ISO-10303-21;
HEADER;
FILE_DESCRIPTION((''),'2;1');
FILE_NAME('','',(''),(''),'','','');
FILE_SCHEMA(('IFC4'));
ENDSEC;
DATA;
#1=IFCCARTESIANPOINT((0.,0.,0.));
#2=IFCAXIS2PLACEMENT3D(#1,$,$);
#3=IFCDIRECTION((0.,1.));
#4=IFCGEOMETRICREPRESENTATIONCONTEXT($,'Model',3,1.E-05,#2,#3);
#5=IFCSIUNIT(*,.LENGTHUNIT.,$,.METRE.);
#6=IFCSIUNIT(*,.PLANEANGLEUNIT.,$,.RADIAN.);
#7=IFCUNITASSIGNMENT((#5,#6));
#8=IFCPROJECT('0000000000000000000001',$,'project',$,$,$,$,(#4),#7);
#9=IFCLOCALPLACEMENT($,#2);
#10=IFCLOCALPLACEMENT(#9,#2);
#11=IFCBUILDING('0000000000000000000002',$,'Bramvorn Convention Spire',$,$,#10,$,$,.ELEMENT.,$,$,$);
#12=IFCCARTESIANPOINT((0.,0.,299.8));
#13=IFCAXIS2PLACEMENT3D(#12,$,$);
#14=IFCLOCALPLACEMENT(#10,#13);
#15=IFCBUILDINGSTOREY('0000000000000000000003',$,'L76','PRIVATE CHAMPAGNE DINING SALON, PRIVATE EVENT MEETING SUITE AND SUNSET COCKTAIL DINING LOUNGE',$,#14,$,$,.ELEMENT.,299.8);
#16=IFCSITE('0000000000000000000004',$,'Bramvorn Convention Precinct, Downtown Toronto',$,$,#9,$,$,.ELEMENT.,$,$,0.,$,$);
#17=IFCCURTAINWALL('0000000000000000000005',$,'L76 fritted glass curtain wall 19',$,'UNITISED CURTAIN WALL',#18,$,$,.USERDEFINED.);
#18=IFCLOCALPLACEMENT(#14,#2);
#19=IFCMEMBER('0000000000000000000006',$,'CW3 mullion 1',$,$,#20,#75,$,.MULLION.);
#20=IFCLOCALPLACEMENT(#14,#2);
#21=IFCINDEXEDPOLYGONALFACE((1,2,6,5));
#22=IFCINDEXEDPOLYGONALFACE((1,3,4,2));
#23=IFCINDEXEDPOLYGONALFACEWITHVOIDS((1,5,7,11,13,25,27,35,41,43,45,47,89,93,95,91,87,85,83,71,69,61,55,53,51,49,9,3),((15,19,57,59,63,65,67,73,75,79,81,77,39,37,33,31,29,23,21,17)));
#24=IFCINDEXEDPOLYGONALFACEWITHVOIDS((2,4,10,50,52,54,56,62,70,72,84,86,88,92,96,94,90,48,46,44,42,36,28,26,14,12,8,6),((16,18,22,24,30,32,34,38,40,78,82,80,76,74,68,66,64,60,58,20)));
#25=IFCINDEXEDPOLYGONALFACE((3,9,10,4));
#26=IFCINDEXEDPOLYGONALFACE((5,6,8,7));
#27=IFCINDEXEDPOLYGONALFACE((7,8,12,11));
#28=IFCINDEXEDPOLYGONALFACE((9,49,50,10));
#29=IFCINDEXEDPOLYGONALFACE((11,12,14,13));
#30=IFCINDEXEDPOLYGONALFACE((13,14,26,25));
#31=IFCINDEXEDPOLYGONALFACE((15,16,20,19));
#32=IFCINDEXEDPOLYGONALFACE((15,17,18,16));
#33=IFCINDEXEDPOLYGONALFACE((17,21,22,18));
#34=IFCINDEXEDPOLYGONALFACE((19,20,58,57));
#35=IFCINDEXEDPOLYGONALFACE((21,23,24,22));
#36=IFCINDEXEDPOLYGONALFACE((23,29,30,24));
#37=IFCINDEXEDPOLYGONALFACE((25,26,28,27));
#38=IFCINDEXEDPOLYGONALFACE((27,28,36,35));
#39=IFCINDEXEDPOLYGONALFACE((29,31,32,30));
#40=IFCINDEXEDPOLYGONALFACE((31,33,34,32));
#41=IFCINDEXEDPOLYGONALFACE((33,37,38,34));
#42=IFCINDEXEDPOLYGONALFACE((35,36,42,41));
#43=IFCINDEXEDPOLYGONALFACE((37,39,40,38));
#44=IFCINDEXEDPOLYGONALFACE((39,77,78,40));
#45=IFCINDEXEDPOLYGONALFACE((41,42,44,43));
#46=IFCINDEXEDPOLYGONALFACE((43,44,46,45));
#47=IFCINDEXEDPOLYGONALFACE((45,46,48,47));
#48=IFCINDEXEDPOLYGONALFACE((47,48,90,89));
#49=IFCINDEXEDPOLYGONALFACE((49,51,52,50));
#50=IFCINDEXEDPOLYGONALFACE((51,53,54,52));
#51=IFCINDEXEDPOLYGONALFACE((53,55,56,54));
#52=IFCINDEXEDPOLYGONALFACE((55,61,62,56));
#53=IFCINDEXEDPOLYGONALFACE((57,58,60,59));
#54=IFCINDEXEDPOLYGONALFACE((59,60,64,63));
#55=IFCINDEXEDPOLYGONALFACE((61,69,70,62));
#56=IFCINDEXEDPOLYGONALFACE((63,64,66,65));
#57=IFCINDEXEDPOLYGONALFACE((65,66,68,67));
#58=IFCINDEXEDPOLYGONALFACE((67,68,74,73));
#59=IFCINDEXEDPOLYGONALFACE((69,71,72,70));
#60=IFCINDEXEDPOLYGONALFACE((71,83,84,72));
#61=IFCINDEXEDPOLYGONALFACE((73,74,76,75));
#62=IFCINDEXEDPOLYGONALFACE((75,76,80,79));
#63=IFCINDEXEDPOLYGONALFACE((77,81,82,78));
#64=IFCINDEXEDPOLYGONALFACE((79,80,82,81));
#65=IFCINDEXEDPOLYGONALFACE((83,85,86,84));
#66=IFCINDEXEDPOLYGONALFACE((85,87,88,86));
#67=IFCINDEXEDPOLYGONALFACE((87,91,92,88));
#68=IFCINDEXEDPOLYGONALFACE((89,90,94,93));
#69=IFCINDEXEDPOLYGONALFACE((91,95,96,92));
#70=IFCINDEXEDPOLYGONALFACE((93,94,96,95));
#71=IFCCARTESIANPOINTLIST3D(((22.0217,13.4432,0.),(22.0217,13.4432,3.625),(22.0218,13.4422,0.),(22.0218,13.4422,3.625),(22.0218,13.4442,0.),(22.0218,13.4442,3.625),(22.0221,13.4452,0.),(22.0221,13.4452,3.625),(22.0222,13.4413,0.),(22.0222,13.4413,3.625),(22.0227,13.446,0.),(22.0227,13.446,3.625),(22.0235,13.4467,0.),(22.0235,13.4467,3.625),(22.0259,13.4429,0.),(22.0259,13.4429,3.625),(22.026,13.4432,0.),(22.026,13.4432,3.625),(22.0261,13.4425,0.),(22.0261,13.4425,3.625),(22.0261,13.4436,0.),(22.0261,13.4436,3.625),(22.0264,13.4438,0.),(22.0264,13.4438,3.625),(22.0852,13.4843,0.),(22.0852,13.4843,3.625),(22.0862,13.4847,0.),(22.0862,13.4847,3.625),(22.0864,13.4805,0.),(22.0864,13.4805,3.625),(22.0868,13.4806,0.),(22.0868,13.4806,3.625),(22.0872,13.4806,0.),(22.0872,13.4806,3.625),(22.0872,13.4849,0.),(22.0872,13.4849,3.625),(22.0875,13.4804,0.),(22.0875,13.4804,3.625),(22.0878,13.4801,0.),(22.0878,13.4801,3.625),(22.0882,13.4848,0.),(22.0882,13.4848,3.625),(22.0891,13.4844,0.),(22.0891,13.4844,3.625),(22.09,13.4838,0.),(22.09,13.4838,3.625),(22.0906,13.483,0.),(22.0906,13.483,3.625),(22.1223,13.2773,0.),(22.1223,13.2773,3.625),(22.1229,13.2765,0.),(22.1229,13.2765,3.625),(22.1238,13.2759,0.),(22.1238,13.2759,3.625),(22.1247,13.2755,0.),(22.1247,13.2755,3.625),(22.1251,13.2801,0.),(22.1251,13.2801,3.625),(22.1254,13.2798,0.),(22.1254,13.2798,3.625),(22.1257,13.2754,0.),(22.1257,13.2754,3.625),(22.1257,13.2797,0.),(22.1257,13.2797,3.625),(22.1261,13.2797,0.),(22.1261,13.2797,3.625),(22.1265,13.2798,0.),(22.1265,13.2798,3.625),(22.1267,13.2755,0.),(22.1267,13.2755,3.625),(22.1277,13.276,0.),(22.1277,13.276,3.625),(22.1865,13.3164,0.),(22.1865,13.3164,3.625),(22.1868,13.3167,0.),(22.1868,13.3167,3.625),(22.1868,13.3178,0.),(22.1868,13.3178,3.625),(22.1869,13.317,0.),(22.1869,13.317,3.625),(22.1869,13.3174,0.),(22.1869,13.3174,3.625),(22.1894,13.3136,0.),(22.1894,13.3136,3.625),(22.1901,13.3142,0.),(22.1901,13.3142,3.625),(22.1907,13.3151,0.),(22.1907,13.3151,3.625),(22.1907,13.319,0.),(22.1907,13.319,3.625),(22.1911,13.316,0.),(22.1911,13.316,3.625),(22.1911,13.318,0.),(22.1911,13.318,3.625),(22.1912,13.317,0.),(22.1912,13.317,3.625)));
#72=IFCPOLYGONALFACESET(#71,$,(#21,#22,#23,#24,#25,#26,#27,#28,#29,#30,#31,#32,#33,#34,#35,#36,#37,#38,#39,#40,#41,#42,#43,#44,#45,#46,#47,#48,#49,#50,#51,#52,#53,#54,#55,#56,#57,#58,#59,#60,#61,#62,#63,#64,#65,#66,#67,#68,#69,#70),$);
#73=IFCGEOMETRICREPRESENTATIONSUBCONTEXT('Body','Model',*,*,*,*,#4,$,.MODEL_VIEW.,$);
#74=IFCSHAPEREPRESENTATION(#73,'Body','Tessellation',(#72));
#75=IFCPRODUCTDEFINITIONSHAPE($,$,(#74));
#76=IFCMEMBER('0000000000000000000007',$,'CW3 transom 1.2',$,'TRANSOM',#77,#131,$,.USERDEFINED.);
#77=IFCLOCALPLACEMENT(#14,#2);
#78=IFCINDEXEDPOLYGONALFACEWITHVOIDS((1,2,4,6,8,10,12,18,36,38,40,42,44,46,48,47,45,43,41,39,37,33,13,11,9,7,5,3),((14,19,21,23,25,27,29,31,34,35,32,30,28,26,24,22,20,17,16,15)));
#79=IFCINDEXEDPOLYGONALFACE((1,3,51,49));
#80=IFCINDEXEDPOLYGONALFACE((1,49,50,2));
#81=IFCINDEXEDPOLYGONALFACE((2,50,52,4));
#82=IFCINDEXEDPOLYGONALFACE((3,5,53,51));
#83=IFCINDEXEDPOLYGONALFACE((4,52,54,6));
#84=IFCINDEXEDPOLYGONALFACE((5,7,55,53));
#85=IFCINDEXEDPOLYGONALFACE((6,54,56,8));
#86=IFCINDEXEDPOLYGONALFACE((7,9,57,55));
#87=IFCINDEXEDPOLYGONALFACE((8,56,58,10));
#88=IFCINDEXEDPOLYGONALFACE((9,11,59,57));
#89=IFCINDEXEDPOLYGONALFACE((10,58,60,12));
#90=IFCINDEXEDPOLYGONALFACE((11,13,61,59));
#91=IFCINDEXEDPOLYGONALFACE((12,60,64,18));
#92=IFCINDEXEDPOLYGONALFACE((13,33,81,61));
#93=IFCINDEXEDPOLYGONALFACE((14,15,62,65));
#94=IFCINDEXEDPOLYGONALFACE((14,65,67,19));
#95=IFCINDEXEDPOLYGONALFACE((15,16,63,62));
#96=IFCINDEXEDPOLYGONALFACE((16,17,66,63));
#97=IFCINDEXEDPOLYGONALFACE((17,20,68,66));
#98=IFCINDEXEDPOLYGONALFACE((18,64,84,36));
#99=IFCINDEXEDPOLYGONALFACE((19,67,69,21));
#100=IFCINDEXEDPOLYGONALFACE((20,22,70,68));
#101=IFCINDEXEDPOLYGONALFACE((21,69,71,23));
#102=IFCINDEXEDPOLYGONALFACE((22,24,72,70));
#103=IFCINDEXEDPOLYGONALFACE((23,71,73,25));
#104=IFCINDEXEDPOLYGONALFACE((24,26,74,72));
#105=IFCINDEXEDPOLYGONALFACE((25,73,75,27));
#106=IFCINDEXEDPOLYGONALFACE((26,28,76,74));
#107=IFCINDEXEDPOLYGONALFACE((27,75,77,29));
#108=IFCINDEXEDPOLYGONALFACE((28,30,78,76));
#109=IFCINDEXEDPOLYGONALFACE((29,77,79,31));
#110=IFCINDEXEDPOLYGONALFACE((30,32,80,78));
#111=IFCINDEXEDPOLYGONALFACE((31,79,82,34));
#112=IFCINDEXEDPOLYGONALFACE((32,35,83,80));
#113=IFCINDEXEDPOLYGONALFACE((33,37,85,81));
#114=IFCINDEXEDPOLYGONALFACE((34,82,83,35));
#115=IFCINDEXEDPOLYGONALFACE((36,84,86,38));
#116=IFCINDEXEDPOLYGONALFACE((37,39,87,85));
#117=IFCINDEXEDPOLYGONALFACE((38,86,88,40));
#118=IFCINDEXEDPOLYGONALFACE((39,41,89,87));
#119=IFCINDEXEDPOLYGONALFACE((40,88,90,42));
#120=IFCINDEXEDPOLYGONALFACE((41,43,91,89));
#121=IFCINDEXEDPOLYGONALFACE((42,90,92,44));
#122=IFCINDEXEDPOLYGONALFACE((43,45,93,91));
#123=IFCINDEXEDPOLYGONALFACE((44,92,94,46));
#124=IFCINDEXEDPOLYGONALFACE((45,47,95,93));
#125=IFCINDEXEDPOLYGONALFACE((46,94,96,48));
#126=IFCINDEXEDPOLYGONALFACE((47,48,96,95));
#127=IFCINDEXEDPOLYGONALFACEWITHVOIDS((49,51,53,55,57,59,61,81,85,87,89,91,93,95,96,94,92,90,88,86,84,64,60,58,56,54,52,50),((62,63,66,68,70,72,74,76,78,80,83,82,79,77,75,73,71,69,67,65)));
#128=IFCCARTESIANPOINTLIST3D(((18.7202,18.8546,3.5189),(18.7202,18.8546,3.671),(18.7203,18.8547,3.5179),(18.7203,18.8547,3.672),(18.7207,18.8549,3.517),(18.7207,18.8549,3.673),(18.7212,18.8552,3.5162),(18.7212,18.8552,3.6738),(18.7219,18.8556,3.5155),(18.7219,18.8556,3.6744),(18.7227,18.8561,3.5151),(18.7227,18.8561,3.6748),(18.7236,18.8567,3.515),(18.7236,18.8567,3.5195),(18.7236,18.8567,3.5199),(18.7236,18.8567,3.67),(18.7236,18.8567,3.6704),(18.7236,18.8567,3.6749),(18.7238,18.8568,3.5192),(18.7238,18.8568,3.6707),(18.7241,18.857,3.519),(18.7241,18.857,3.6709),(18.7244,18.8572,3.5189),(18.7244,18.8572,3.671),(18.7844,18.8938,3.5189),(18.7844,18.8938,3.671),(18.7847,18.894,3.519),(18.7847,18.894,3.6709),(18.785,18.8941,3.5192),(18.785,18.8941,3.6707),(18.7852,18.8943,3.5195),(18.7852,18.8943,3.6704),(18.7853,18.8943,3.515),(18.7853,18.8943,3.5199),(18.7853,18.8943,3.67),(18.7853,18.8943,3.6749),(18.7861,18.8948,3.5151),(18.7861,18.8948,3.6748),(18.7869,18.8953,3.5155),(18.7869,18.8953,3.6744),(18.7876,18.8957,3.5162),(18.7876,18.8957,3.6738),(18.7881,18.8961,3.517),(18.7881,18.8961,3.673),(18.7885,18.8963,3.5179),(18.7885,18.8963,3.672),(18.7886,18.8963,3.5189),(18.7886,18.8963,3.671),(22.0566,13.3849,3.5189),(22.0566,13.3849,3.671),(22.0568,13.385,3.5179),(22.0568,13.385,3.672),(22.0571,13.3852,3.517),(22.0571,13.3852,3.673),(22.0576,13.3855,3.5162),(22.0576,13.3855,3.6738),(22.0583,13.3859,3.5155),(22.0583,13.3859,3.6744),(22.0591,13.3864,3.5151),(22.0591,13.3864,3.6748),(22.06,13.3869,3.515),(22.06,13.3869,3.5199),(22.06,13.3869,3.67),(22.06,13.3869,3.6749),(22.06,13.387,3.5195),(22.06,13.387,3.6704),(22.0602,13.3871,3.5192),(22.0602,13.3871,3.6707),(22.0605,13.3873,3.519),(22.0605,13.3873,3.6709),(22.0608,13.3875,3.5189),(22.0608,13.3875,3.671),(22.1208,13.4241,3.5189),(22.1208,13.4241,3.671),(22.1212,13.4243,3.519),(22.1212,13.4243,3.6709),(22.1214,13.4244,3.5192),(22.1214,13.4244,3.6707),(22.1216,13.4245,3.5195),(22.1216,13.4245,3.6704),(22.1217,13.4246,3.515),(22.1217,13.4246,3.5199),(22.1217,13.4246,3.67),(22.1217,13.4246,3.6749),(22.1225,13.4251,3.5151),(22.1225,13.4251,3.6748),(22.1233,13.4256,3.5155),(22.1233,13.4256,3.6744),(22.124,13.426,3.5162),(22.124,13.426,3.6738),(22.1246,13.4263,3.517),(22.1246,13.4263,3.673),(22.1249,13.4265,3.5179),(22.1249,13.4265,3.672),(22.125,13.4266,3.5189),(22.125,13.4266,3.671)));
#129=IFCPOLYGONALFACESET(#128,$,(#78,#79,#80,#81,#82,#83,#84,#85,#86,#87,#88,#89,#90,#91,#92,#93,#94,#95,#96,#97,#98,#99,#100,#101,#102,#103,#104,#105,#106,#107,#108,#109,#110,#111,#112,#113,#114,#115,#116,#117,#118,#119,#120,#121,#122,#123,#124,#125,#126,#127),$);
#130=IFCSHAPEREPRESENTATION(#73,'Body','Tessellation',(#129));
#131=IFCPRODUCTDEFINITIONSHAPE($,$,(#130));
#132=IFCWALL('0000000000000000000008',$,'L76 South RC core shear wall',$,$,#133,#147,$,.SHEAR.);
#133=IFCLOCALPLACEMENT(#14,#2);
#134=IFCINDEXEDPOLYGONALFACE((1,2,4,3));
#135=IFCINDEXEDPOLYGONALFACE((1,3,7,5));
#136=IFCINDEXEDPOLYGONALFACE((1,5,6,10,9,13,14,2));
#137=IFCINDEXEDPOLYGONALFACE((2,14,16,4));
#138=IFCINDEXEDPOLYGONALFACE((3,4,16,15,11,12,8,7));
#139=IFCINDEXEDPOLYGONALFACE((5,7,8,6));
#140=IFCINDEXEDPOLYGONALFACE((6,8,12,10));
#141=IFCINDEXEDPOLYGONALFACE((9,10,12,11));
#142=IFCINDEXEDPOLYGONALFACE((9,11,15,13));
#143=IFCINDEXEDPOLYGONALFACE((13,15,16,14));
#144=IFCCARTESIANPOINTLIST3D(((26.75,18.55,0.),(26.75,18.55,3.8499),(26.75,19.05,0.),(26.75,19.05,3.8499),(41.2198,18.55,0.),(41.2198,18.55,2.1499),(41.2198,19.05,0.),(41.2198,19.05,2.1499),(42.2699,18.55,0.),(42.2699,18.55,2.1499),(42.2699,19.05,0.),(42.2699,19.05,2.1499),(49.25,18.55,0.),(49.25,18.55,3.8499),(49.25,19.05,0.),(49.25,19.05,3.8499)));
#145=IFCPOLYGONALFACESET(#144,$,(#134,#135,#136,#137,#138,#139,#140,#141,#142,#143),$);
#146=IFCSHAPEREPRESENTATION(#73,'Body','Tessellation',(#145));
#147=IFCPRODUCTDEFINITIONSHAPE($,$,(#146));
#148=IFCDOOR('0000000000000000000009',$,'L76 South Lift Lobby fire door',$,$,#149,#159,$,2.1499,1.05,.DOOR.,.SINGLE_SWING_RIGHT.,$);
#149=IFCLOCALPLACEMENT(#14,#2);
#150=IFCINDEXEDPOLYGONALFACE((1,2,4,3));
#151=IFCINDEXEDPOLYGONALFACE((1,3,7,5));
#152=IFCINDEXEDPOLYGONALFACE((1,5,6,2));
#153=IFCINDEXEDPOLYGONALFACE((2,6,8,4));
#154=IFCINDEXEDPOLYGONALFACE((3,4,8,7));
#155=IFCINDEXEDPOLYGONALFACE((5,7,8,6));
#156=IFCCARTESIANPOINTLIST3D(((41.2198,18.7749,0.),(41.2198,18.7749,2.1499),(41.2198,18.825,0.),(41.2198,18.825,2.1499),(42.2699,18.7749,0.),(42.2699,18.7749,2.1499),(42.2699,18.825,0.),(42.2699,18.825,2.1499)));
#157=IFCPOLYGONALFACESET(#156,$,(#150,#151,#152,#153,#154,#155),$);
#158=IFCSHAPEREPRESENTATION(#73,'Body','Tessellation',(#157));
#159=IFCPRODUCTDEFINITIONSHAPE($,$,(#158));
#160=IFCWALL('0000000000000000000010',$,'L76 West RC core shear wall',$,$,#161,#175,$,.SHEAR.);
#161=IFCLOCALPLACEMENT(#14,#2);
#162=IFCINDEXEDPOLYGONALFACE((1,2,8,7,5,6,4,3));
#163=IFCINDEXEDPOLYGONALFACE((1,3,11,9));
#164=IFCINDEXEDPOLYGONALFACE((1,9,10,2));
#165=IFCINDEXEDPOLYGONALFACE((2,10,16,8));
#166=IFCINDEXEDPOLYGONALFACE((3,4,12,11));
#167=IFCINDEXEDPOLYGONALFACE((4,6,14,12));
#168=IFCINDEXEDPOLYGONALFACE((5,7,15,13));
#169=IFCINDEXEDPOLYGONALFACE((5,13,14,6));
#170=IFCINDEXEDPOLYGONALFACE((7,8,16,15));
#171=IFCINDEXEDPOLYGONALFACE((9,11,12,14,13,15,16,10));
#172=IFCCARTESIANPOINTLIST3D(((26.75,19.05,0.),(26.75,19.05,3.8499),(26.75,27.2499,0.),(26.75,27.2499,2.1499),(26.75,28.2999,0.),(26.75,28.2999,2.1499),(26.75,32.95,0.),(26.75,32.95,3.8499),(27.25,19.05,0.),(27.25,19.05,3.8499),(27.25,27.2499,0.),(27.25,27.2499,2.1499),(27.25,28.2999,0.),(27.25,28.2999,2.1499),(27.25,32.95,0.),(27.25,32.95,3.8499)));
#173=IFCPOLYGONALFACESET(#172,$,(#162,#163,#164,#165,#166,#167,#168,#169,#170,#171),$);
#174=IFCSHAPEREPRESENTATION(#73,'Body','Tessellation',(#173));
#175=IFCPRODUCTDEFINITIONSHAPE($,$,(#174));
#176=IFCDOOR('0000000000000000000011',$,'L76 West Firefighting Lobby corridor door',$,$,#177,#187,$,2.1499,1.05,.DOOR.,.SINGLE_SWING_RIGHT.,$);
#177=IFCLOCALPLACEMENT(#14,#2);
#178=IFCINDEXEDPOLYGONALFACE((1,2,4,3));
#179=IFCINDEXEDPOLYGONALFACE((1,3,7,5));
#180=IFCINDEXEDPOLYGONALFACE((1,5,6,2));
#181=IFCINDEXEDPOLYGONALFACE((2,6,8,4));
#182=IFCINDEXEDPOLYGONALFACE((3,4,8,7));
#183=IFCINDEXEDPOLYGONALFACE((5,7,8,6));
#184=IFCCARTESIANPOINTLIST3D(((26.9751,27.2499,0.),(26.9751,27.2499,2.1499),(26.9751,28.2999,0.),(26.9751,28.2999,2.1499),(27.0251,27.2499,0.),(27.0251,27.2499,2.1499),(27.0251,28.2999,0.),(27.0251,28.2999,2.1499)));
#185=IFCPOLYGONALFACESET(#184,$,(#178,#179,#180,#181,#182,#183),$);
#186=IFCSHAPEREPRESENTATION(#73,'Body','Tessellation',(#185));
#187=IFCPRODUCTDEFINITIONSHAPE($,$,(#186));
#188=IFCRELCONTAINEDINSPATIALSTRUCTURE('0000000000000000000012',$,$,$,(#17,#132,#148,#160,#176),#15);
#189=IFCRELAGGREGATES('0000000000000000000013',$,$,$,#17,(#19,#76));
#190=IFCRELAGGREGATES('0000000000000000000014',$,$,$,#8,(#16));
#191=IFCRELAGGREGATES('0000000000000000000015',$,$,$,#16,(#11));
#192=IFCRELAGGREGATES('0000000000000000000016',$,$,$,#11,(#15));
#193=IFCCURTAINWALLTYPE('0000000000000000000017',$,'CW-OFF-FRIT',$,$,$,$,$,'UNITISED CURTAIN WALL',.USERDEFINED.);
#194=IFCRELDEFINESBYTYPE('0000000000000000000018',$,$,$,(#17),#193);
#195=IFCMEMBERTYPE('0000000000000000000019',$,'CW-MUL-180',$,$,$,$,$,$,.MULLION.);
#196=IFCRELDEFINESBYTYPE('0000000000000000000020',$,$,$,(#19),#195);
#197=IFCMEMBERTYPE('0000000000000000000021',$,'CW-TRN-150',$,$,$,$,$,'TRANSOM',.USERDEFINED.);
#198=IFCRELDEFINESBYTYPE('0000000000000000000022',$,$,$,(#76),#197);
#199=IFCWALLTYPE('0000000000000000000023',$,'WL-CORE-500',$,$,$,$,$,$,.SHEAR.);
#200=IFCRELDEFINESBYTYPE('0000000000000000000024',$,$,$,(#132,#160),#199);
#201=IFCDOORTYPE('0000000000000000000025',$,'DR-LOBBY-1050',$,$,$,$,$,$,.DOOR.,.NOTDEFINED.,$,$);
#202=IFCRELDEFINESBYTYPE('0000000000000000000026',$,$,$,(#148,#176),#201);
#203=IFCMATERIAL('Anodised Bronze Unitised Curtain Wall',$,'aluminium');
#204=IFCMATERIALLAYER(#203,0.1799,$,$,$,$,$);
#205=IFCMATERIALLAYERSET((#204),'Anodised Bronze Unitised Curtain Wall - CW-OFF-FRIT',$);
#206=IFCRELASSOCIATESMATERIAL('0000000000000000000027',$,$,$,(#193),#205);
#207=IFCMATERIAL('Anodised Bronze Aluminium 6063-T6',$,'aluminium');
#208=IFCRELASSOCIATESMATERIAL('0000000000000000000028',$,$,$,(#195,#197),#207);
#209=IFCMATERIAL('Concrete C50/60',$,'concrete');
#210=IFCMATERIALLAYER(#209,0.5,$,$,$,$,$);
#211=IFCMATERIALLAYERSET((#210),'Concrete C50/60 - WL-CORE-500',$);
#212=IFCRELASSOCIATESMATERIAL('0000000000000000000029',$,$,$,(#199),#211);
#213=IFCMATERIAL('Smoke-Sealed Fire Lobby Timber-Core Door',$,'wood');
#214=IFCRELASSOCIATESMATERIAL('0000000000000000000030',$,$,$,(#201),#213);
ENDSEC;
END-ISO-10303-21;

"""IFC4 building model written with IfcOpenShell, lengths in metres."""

from ifc_helpers import new_model, si_unit, direction, frame, frame_2d, origin, origin_2d, place, context, subcontext, project, spatial, rectangle, hollow_rectangle, extrude, material, layer, layer_set, material_profile, profile_set, type_object, element, fill, aggregate, save


model = new_model("IFC4")

# Units and contexts
model_context = context("Model", 3, precision=1e-05, world=origin(), true_north=direction((0.0, 1.0)))
body_context = subcontext(model_context, "Body", "Model", "MODEL_VIEW")
ifc_project = project(units=[si_unit("LENGTHUNIT", "METRE"), si_unit("PLANEANGLEUNIT", "RADIAN")], contexts=[model_context])

# Site, building, storey
site_placement = place(None, origin())
site = spatial("IfcSite", under=ifc_project, at=site_placement, Name="Bramvorn Convention Precinct, Downtown Toronto", CompositionType="ELEMENT", RefElevation=0.0)
building_placement = place(site_placement, origin())
building = spatial("IfcBuilding", under=site, at=building_placement, Name="Bramvorn Convention Spire", CompositionType="ELEMENT")
storey_placement = place(building_placement, frame((0.0, 0.0, 299.8)))
storey = spatial("IfcBuildingStorey", under=building, at=storey_placement, Name="L76", Description="PRIVATE CHAMPAGNE DINING SALON, PRIVATE EVENT MEETING SUITE AND SUNSET COCKTAIL DINING LOUNGE", CompositionType="ELEMENT", Elevation=299.8)

# Curtain wall, members
ifc_material_1 = material(Name="Anodised Bronze Unitised Curtain Wall", Category="aluminium")
ifc_layer_1 = layer(ifc_material_1, 0.1799)
ifc_layer_set_1 = layer_set([ifc_layer_1], Name="Anodised Bronze Unitised Curtain Wall - CW-OFF-FRIT")
curtain_wall_type = type_object("IfcCurtainWallType", Name="CW-OFF-FRIT", ElementType="UNITISED CURTAIN WALL", PredefinedType="USERDEFINED", material=ifc_layer_set_1)
curtain_wall_placement = place(storey_placement, origin())
curtain_wall = element("IfcCurtainWall", 1, at=curtain_wall_placement, inside=storey, type_object=curtain_wall_type, Name="L76 fritted glass curtain wall 19", ObjectType="UNITISED CURTAIN WALL", PredefinedType="USERDEFINED")
ifc_material_2 = material(Name="Anodised Bronze Aluminium 6063-T6", Category="aluminium")
ifc_material_profile_1 = material_profile(ifc_material_2, hollow_rectangle(XDim=0.0801, YDim=0.2, WallThickness=0.0039, InnerFilletRadius=0.001, OuterFilletRadius=0.0039, at=origin_2d()))
ifc_profile_set_1 = profile_set([ifc_material_profile_1], Name="Anodised Bronze Aluminium 6063-T6 - CWM80X200")
member_type_1 = type_object("IfcMemberType", Name="CW-MUL-180", PredefinedType="MULLION", material=ifc_profile_set_1)
member_1_placement = place(storey_placement, frame((22.1064, 13.3801, 0.0), z_axis=(0.0, 0.0, 1.0), x_axis=(-0.85372, -0.520732, 0.0)))
member_1 = element("IfcMember", 2, at=member_1_placement, type_object=member_type_1, Name="CW3 mullion 1", PredefinedType="MULLION", context=body_context, shape_type="SweptSolid", body=[
    extrude(hollow_rectangle(XDim=0.0801, YDim=0.2, WallThickness=0.0039, InnerFilletRadius=0.001, OuterFilletRadius=0.0039, at=origin_2d()), origin(), (0.0, 0.0, 1.0), 3.625),
])
ifc_material_profile_2 = material_profile(ifc_material_2, hollow_rectangle(XDim=0.0801, YDim=0.1599, WallThickness=0.0039, InnerFilletRadius=0.001, OuterFilletRadius=0.0039, at=origin_2d()))
ifc_profile_set_2 = profile_set([ifc_material_profile_2], Name="Anodised Bronze Aluminium 6063-T6 - CWT80X160")
member_type_2 = type_object("IfcMemberType", Name="CW-TRN-150", ElementType="TRANSOM", PredefinedType="USERDEFINED", material=ifc_profile_set_2)
member_2_placement = place(storey_placement, frame((22.0908, 13.4058, 3.595), z_axis=(-0.520747, 0.853711, 0.0), x_axis=(-0.853711, -0.520747, 0.0)))
member_2 = element("IfcMember", 3, at=member_2_placement, type_object=member_type_2, Name="CW3 transom 1.2", ObjectType="TRANSOM", PredefinedType="USERDEFINED", context=body_context, shape_type="SweptSolid", body=[
    extrude(hollow_rectangle(XDim=0.0801, YDim=0.1599, WallThickness=0.0039, InnerFilletRadius=0.001, OuterFilletRadius=0.0039, at=origin_2d()), origin(), (0.0, 0.0, 1.0), 6.407),
])
aggregate(curtain_wall, [member_1, member_2])

# Walls, openings, doors
ifc_material_3 = material(Name="Concrete C50/60", Category="concrete")
ifc_layer_2 = layer(ifc_material_3, 0.5)
ifc_layer_set_2 = layer_set([ifc_layer_2], Name="Concrete C50/60 - WL-CORE-500")
wall_type_1 = type_object("IfcWallType", Name="WL-CORE-500", PredefinedType="SHEAR", material=ifc_layer_set_2)
wall_1_placement = place(storey_placement, frame((26.75, 18.8, 0.0), z_axis=(0.0, 0.0, 1.0), x_axis=(1.0, 0.0, 0.0)))
wall_1 = element("IfcWall", 4, at=wall_1_placement, inside=storey, type_object=wall_type_1, Name="L76 South RC core shear wall", PredefinedType="SHEAR", context=body_context, shape_type="SweptSolid", body=[
    extrude(rectangle(XDim=22.5, YDim=0.5, at=frame_2d((11.25, 0.0))), origin(), (0.0, 0.0, 1.0), 3.8499),
])
opening_1_placement = place(wall_1_placement, frame((14.47, 0.0, 0.0)))
opening_1 = element("IfcOpeningElement", 5, at=opening_1_placement, cuts=wall_1, PredefinedType="OPENING", context=body_context, shape_type="SweptSolid", body=[
    extrude(rectangle(XDim=1.05, YDim=2.1499, at=frame_2d((0.5249, 1.075))), frame((0.0, 0.26, 0.0), z_axis=(0.0, -1.0, 0.0), x_axis=(1.0, 0.0, 0.0)), (0.0, 0.0, 1.0), 0.52),
])
ifc_material_4 = material(Name="Smoke-Sealed Fire Lobby Timber-Core Door", Category="wood")
door_type_1 = type_object("IfcDoorType", Name="DR-LOBBY-1050", OperationType="NOTDEFINED", PredefinedType="DOOR", material=ifc_material_4)
door_1_placement = place(opening_1_placement, origin())
door_1 = element("IfcDoor", 6, at=door_1_placement, inside=storey, type_object=door_type_1, Name="L76 South Lift Lobby fire door", OperationType="SINGLE_SWING_RIGHT", OverallHeight=2.1499, OverallWidth=1.05, PredefinedType="DOOR", context=body_context, shape_type="SweptSolid", body=[
    extrude(rectangle(XDim=1.05, YDim=2.1499, at=frame_2d((0.5249, 1.075))), frame((0.0, 0.0249, 0.0), z_axis=(0.0, -1.0, 0.0), x_axis=(1.0, 0.0, 0.0)), (0.0, 0.0, 1.0), 0.05),
])
fill(opening_1, door_1)
wall_2_placement = place(storey_placement, frame((27.0, 19.05, 0.0), z_axis=(0.0, 0.0, 1.0), x_axis=(0.0, 1.0, 0.0)))
wall_2 = element("IfcWall", 7, at=wall_2_placement, inside=storey, type_object=wall_type_1, Name="L76 West RC core shear wall", PredefinedType="SHEAR", context=body_context, shape_type="SweptSolid", body=[
    extrude(rectangle(XDim=13.8999, YDim=0.5, at=frame_2d((6.95, 0.0))), origin(), (0.0, 0.0, 1.0), 3.8499),
])
opening_2_placement = place(wall_2_placement, frame((8.2, 0.0, 0.0)))
opening_2 = element("IfcOpeningElement", 8, at=opening_2_placement, cuts=wall_2, PredefinedType="OPENING", context=body_context, shape_type="SweptSolid", body=[
    extrude(rectangle(XDim=1.05, YDim=2.1499, at=frame_2d((0.5249, 1.075))), frame((0.0, 0.26, 0.0), z_axis=(0.0, -1.0, 0.0), x_axis=(1.0, 0.0, 0.0)), (0.0, 0.0, 1.0), 0.52),
])
door_2_placement = place(opening_2_placement, origin())
door_2 = element("IfcDoor", 9, at=door_2_placement, inside=storey, type_object=door_type_1, Name="L76 West Firefighting Lobby corridor door", OperationType="SINGLE_SWING_RIGHT", OverallHeight=2.1499, OverallWidth=1.05, PredefinedType="DOOR", context=body_context, shape_type="SweptSolid", body=[
    extrude(rectangle(XDim=1.05, YDim=2.1499, at=frame_2d((0.5249, 1.075))), frame((0.0, 0.0249, 0.0), z_axis=(0.0, -1.0, 0.0), x_axis=(1.0, 0.0, 0.0)), (0.0, 0.0, 1.0), 0.05),
])
fill(opening_2, door_2)

save(model, "model.ifc")
